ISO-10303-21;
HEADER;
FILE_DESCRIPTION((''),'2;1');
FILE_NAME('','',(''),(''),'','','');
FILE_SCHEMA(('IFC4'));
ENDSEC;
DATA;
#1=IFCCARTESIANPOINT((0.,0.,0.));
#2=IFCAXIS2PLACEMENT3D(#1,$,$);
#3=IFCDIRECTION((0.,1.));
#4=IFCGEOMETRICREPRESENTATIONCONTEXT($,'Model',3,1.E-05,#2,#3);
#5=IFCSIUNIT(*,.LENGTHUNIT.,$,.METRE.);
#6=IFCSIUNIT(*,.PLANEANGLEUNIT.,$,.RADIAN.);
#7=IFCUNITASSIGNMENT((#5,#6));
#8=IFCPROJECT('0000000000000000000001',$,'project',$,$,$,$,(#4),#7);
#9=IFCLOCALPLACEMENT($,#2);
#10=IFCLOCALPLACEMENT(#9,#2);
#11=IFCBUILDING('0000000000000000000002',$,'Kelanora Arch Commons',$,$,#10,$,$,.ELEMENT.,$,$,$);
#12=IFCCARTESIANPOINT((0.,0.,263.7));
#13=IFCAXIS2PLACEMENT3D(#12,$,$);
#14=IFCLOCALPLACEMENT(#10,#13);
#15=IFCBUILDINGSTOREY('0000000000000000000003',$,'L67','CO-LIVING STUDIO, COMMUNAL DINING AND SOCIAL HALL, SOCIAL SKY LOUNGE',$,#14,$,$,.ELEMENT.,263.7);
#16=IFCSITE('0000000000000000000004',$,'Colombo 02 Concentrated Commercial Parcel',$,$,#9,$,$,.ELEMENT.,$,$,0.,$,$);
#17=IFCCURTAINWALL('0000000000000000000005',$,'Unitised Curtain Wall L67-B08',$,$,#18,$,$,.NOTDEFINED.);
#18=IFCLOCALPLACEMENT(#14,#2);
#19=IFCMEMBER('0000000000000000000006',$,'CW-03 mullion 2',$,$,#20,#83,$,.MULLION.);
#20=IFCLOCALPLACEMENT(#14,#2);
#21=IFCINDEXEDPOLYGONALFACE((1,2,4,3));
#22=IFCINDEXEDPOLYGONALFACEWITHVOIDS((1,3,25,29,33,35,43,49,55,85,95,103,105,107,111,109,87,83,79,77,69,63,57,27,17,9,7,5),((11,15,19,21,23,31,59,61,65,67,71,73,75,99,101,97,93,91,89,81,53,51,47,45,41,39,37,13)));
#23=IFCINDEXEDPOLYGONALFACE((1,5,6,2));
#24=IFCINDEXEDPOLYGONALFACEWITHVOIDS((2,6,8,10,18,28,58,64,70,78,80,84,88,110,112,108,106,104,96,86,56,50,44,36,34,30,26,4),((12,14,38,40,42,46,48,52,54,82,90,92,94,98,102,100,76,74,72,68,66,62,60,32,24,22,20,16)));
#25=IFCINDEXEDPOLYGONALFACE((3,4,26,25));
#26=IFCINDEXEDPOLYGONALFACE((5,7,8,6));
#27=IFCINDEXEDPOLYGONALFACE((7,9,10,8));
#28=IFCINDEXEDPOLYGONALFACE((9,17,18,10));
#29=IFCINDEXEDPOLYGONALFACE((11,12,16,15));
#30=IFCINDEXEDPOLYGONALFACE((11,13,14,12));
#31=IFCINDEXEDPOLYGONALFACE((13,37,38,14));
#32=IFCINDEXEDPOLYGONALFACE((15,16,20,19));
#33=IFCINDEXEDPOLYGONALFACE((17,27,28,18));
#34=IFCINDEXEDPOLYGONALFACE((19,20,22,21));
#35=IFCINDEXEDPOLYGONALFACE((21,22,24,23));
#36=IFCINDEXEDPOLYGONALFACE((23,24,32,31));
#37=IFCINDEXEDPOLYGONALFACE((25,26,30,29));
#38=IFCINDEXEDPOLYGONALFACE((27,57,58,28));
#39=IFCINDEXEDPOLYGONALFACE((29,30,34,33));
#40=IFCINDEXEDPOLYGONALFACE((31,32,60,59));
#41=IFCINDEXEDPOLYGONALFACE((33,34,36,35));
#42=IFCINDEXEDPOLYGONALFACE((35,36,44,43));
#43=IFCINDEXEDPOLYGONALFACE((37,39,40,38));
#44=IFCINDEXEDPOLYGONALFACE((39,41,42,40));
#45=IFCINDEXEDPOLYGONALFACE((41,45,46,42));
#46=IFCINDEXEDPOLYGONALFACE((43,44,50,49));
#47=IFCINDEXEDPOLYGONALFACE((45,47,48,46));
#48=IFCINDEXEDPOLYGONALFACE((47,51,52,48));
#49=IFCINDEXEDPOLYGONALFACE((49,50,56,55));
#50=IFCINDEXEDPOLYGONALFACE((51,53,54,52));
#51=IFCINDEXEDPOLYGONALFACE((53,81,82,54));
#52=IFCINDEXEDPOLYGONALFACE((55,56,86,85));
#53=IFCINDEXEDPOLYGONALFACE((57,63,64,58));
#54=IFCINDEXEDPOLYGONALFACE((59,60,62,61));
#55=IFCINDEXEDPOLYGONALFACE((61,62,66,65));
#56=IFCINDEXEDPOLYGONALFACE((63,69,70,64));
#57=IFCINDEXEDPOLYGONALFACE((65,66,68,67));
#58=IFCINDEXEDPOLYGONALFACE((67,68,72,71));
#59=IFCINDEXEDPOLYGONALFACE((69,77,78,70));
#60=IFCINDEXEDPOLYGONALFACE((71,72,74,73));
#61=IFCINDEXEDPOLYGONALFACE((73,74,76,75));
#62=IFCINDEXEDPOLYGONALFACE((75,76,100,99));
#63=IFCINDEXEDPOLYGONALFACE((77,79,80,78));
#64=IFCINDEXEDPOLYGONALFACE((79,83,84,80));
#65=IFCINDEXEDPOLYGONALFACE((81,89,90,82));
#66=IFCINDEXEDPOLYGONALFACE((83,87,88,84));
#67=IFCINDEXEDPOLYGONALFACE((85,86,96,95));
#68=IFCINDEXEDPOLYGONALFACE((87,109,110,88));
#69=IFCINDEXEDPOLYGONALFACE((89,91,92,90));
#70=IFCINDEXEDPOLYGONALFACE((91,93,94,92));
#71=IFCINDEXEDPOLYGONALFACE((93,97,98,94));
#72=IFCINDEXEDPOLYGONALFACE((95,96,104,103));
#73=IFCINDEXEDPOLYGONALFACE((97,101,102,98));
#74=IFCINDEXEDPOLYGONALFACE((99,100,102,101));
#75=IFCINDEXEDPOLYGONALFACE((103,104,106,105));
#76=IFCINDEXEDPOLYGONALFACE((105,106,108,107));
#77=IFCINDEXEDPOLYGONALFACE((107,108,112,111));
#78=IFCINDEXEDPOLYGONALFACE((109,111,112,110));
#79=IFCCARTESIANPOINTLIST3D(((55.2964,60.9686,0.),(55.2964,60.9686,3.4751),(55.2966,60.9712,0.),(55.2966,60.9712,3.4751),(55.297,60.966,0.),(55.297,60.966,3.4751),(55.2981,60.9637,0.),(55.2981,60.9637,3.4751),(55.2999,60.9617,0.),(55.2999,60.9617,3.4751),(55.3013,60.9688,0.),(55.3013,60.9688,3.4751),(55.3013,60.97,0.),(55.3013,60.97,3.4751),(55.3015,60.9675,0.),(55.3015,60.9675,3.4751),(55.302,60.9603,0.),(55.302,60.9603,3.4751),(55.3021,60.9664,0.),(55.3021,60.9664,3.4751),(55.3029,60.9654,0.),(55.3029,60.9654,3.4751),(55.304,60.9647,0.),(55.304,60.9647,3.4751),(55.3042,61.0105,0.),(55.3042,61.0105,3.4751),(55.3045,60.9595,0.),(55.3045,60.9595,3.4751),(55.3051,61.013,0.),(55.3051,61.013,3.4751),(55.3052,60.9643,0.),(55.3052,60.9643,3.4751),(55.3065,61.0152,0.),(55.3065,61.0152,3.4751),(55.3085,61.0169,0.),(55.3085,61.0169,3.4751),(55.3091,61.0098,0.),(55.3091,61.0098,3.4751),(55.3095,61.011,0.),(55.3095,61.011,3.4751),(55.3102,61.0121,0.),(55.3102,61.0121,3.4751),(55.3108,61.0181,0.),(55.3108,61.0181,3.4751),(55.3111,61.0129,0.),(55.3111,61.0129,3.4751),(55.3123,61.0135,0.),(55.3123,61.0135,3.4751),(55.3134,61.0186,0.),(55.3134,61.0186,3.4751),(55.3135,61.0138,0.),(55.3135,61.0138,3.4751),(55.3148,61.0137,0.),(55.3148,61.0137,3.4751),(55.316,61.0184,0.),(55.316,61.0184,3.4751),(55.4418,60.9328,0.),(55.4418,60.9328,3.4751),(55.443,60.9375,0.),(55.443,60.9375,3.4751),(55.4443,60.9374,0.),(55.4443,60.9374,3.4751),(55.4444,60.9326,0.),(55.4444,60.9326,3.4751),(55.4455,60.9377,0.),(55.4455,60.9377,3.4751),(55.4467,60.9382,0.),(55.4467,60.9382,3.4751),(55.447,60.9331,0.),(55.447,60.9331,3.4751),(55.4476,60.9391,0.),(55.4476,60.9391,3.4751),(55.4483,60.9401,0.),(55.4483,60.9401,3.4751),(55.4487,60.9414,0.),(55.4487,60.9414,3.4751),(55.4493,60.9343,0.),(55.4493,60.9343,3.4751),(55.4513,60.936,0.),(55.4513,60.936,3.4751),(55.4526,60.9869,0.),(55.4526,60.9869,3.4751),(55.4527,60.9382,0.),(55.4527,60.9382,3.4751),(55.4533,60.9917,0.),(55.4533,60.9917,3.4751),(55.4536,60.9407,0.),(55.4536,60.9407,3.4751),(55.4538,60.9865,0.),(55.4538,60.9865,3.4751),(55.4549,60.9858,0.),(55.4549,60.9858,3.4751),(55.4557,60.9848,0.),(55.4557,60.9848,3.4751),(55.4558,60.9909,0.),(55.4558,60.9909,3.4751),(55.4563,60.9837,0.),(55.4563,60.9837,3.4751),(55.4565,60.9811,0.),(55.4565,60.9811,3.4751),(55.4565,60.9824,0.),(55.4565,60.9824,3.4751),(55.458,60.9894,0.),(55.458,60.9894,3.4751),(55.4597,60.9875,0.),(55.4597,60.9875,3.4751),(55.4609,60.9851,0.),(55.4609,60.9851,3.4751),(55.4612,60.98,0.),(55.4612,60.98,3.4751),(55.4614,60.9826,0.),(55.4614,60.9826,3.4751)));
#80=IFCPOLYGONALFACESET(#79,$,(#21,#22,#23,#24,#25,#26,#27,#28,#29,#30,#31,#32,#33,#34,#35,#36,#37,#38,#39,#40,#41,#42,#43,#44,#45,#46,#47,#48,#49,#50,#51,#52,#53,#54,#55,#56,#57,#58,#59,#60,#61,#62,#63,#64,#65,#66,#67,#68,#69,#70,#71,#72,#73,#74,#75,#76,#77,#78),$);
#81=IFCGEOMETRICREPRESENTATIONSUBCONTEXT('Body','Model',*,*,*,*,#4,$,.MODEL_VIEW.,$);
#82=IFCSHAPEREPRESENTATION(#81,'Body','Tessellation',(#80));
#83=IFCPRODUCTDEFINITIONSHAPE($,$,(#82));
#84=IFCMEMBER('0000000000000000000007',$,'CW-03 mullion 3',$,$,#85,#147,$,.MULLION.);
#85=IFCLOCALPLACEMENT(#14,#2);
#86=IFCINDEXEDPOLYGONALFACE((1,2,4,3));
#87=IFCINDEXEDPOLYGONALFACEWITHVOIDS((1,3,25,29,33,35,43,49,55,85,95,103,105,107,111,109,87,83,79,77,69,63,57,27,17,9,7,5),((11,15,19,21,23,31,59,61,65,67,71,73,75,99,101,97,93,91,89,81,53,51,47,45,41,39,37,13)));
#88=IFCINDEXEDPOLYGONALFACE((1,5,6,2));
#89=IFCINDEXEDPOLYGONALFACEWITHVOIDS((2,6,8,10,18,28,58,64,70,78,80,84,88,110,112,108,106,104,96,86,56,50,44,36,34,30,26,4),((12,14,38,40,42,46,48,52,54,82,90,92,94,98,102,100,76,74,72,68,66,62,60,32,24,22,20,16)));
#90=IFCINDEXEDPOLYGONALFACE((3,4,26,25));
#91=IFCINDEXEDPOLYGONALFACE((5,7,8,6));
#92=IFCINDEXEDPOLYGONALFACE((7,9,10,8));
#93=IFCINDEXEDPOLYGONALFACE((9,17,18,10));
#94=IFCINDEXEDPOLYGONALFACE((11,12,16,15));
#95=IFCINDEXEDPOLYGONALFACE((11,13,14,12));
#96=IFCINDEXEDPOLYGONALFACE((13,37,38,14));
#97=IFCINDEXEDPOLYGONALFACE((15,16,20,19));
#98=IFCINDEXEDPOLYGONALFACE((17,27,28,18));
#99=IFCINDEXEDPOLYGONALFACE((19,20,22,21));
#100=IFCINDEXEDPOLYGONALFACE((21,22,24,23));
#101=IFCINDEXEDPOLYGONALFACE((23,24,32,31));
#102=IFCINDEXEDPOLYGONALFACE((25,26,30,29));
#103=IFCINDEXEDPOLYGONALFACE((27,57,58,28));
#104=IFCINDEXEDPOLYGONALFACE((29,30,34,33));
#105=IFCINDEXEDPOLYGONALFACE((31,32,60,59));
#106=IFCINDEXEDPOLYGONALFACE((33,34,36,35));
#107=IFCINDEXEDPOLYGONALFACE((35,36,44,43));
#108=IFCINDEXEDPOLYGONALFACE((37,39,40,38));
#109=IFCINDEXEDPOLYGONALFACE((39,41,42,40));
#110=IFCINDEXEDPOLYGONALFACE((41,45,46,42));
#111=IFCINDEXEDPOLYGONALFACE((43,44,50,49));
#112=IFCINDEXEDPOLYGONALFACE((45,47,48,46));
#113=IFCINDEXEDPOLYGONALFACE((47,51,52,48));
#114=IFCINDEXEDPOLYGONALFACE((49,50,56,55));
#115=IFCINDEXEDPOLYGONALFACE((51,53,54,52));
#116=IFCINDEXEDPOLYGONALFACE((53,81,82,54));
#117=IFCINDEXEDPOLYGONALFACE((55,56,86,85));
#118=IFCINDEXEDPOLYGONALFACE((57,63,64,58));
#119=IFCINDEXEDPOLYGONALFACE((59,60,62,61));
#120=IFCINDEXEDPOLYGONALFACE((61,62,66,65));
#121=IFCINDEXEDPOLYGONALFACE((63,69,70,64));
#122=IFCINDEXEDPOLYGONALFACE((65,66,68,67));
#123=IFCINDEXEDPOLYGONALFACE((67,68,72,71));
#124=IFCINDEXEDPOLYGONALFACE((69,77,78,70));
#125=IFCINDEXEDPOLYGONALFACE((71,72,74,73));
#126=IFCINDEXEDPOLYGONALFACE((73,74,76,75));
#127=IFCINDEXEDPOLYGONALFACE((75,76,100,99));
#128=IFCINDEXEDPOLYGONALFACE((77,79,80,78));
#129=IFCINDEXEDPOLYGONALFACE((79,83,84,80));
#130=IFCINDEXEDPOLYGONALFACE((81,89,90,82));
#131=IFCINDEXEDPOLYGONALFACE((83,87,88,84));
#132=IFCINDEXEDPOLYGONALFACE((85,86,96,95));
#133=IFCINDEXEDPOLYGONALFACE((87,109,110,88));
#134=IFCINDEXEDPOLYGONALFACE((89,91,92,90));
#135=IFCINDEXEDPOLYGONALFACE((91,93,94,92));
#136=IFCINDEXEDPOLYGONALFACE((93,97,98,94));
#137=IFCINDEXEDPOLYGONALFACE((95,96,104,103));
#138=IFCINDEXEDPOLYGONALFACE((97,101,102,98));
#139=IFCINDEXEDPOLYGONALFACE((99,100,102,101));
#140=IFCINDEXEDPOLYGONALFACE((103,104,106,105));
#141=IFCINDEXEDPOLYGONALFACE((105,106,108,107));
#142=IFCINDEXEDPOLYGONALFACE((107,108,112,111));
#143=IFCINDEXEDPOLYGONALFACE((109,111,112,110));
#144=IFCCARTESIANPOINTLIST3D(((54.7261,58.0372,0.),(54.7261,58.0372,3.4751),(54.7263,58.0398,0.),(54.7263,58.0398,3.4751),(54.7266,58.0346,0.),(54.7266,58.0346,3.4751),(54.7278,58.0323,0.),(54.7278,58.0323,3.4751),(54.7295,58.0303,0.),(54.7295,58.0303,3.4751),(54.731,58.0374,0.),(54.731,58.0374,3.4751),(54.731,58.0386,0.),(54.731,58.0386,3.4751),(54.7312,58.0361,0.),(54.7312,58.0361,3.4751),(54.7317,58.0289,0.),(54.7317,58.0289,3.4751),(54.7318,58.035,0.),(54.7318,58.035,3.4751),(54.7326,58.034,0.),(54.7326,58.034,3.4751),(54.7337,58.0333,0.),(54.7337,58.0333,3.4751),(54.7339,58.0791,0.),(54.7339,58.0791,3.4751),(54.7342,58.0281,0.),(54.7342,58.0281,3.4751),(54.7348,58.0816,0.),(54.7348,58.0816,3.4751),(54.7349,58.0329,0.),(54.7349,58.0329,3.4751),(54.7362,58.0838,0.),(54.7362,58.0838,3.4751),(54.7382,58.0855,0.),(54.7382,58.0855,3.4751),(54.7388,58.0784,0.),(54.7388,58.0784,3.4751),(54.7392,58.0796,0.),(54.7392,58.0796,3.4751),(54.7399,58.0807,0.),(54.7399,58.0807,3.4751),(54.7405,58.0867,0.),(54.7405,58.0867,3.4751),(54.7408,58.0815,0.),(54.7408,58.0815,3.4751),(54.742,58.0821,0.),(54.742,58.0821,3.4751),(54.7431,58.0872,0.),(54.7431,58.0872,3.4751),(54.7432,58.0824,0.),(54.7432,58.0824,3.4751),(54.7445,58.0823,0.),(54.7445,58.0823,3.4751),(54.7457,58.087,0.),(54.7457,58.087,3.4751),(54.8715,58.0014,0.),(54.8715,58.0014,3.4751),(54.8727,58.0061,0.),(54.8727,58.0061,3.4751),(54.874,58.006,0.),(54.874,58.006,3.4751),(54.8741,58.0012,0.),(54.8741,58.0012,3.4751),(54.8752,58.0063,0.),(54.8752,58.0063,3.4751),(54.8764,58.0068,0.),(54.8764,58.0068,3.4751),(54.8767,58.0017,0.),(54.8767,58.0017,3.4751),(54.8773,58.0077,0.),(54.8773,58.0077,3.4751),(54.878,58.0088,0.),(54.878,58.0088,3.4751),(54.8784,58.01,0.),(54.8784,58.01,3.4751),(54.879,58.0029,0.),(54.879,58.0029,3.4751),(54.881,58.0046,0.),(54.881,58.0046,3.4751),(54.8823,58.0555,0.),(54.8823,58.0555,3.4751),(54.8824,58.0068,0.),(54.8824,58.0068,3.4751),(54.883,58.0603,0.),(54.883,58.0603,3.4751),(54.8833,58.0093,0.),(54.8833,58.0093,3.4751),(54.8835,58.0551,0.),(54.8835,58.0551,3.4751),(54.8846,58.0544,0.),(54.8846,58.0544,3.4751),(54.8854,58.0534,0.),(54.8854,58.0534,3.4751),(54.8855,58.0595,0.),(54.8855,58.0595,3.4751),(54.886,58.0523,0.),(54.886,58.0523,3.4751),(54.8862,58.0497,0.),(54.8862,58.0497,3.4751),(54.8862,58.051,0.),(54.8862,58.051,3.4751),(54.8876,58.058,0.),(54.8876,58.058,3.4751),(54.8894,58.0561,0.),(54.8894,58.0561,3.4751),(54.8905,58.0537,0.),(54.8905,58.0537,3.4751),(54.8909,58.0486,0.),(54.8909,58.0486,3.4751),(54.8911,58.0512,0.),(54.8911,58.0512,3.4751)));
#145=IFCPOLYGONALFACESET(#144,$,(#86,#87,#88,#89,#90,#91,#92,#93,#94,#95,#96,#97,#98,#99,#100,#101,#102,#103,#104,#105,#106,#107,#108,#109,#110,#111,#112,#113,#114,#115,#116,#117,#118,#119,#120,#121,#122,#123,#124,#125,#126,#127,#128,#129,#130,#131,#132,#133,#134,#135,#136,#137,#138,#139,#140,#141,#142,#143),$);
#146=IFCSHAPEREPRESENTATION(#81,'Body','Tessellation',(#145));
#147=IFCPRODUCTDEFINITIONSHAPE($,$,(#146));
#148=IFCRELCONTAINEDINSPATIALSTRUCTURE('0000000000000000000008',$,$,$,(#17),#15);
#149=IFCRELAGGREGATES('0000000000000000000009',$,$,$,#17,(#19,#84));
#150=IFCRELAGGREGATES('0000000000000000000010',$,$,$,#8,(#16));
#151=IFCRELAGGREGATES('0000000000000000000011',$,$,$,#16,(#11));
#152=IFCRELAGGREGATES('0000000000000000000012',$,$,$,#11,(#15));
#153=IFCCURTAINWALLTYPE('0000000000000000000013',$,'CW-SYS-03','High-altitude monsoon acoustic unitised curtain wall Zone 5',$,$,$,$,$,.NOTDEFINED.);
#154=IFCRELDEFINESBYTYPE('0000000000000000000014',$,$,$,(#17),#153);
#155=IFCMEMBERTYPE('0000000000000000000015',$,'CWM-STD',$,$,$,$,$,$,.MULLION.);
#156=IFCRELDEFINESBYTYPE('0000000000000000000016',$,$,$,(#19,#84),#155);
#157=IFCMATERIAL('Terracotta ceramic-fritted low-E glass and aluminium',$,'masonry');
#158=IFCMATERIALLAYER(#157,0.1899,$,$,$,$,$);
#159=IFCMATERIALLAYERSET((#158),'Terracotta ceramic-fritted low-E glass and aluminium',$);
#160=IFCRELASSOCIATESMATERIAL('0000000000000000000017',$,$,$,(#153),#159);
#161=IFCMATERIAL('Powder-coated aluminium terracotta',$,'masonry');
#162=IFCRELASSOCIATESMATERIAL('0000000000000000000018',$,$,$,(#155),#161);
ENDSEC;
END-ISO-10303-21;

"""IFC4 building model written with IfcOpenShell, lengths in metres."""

from ifc_helpers import new_model, si_unit, direction, frame, origin, origin_2d, place, context, subcontext, project, spatial, hollow_rectangle, extrude, material, layer, layer_set, material_profile, profile_set, type_object, element, aggregate, save


model = new_model("IFC4")

# Units and contexts
model_context = context("Model", 3, precision=1e-05, world=origin(), true_north=direction((0.0, 1.0)))
body_context = subcontext(model_context, "Body", "Model", "MODEL_VIEW")
ifc_project = project(units=[si_unit("LENGTHUNIT", "METRE"), si_unit("PLANEANGLEUNIT", "RADIAN")], contexts=[model_context])

# Site, building, storey
site_placement = place(None, origin())
site = spatial("IfcSite", under=ifc_project, at=site_placement, Name="Colombo 02 Concentrated Commercial Parcel", CompositionType="ELEMENT", RefElevation=0.0)
building_placement = place(site_placement, origin())
building = spatial("IfcBuilding", under=site, at=building_placement, Name="Kelanora Arch Commons", CompositionType="ELEMENT")
storey_placement = place(building_placement, frame((0.0, 0.0, 263.7)))
storey = spatial("IfcBuildingStorey", under=building, at=storey_placement, Name="L67", Description="CO-LIVING STUDIO, COMMUNAL DINING AND SOCIAL HALL, SOCIAL SKY LOUNGE", CompositionType="ELEMENT", Elevation=263.7)

# Curtain wall, members
ifc_material_1 = material(Name="Terracotta ceramic-fritted low-E glass and aluminium", Category="masonry")
ifc_layer_1 = layer(ifc_material_1, 0.1899)
ifc_layer_set_1 = layer_set([ifc_layer_1], Name="Terracotta ceramic-fritted low-E glass and aluminium")
curtain_wall_type = type_object("IfcCurtainWallType", Name="CW-SYS-03", Description="High-altitude monsoon acoustic unitised curtain wall Zone 5", PredefinedType="NOTDEFINED", material=ifc_layer_set_1)
curtain_wall_placement = place(storey_placement, origin())
curtain_wall = element("IfcCurtainWall", 1, at=curtain_wall_placement, inside=storey, type_object=curtain_wall_type, Name="Unitised Curtain Wall L67-B08", PredefinedType="NOTDEFINED")
ifc_material_2 = material(Name="Powder-coated aluminium terracotta", Category="masonry")
ifc_material_profile_1 = material_profile(ifc_material_2, hollow_rectangle(XDim=0.1599, YDim=0.0601, WallThickness=0.0049, InnerFilletRadius=0.0049, OuterFilletRadius=0.01, at=origin_2d()), Name="CWM160x60")
ifc_profile_set_1 = profile_set([ifc_material_profile_1], Name="Powder-coated aluminium terracotta")
member_type_1 = type_object("IfcMemberType", Name="CWM-STD", PredefinedType="MULLION", material=ifc_profile_set_1)
member_1_placement = place(storey_placement, frame((55.3789, 60.9756, 0.0), z_axis=(0.0, 0.0, 1.0), x_axis=(0.981596, -0.190972, 0.0)))
member_1 = element("IfcMember", 2, at=member_1_placement, type_object=member_type_1, Name="CW-03 mullion 2", PredefinedType="MULLION", context=body_context, shape_type="SweptSolid", body=[
    extrude(hollow_rectangle(XDim=0.1599, YDim=0.0601, WallThickness=0.0049, InnerFilletRadius=0.0049, OuterFilletRadius=0.01, at=origin_2d()), origin(), (0.0, 0.0, 1.0), 3.4751),
])
member_2_placement = place(storey_placement, frame((54.8086, 58.0442, 0.0), z_axis=(0.0, 0.0, 1.0), x_axis=(0.981596, -0.190972, 0.0)))
member_2 = element("IfcMember", 3, at=member_2_placement, type_object=member_type_1, Name="CW-03 mullion 3", PredefinedType="MULLION", context=body_context, shape_type="SweptSolid", body=[
    extrude(hollow_rectangle(XDim=0.1599, YDim=0.0601, WallThickness=0.0049, InnerFilletRadius=0.0049, OuterFilletRadius=0.01, at=origin_2d()), origin(), (0.0, 0.0, 1.0), 3.4751),
])
aggregate(curtain_wall, [member_1, member_2])

save(model, "model.ifc")
